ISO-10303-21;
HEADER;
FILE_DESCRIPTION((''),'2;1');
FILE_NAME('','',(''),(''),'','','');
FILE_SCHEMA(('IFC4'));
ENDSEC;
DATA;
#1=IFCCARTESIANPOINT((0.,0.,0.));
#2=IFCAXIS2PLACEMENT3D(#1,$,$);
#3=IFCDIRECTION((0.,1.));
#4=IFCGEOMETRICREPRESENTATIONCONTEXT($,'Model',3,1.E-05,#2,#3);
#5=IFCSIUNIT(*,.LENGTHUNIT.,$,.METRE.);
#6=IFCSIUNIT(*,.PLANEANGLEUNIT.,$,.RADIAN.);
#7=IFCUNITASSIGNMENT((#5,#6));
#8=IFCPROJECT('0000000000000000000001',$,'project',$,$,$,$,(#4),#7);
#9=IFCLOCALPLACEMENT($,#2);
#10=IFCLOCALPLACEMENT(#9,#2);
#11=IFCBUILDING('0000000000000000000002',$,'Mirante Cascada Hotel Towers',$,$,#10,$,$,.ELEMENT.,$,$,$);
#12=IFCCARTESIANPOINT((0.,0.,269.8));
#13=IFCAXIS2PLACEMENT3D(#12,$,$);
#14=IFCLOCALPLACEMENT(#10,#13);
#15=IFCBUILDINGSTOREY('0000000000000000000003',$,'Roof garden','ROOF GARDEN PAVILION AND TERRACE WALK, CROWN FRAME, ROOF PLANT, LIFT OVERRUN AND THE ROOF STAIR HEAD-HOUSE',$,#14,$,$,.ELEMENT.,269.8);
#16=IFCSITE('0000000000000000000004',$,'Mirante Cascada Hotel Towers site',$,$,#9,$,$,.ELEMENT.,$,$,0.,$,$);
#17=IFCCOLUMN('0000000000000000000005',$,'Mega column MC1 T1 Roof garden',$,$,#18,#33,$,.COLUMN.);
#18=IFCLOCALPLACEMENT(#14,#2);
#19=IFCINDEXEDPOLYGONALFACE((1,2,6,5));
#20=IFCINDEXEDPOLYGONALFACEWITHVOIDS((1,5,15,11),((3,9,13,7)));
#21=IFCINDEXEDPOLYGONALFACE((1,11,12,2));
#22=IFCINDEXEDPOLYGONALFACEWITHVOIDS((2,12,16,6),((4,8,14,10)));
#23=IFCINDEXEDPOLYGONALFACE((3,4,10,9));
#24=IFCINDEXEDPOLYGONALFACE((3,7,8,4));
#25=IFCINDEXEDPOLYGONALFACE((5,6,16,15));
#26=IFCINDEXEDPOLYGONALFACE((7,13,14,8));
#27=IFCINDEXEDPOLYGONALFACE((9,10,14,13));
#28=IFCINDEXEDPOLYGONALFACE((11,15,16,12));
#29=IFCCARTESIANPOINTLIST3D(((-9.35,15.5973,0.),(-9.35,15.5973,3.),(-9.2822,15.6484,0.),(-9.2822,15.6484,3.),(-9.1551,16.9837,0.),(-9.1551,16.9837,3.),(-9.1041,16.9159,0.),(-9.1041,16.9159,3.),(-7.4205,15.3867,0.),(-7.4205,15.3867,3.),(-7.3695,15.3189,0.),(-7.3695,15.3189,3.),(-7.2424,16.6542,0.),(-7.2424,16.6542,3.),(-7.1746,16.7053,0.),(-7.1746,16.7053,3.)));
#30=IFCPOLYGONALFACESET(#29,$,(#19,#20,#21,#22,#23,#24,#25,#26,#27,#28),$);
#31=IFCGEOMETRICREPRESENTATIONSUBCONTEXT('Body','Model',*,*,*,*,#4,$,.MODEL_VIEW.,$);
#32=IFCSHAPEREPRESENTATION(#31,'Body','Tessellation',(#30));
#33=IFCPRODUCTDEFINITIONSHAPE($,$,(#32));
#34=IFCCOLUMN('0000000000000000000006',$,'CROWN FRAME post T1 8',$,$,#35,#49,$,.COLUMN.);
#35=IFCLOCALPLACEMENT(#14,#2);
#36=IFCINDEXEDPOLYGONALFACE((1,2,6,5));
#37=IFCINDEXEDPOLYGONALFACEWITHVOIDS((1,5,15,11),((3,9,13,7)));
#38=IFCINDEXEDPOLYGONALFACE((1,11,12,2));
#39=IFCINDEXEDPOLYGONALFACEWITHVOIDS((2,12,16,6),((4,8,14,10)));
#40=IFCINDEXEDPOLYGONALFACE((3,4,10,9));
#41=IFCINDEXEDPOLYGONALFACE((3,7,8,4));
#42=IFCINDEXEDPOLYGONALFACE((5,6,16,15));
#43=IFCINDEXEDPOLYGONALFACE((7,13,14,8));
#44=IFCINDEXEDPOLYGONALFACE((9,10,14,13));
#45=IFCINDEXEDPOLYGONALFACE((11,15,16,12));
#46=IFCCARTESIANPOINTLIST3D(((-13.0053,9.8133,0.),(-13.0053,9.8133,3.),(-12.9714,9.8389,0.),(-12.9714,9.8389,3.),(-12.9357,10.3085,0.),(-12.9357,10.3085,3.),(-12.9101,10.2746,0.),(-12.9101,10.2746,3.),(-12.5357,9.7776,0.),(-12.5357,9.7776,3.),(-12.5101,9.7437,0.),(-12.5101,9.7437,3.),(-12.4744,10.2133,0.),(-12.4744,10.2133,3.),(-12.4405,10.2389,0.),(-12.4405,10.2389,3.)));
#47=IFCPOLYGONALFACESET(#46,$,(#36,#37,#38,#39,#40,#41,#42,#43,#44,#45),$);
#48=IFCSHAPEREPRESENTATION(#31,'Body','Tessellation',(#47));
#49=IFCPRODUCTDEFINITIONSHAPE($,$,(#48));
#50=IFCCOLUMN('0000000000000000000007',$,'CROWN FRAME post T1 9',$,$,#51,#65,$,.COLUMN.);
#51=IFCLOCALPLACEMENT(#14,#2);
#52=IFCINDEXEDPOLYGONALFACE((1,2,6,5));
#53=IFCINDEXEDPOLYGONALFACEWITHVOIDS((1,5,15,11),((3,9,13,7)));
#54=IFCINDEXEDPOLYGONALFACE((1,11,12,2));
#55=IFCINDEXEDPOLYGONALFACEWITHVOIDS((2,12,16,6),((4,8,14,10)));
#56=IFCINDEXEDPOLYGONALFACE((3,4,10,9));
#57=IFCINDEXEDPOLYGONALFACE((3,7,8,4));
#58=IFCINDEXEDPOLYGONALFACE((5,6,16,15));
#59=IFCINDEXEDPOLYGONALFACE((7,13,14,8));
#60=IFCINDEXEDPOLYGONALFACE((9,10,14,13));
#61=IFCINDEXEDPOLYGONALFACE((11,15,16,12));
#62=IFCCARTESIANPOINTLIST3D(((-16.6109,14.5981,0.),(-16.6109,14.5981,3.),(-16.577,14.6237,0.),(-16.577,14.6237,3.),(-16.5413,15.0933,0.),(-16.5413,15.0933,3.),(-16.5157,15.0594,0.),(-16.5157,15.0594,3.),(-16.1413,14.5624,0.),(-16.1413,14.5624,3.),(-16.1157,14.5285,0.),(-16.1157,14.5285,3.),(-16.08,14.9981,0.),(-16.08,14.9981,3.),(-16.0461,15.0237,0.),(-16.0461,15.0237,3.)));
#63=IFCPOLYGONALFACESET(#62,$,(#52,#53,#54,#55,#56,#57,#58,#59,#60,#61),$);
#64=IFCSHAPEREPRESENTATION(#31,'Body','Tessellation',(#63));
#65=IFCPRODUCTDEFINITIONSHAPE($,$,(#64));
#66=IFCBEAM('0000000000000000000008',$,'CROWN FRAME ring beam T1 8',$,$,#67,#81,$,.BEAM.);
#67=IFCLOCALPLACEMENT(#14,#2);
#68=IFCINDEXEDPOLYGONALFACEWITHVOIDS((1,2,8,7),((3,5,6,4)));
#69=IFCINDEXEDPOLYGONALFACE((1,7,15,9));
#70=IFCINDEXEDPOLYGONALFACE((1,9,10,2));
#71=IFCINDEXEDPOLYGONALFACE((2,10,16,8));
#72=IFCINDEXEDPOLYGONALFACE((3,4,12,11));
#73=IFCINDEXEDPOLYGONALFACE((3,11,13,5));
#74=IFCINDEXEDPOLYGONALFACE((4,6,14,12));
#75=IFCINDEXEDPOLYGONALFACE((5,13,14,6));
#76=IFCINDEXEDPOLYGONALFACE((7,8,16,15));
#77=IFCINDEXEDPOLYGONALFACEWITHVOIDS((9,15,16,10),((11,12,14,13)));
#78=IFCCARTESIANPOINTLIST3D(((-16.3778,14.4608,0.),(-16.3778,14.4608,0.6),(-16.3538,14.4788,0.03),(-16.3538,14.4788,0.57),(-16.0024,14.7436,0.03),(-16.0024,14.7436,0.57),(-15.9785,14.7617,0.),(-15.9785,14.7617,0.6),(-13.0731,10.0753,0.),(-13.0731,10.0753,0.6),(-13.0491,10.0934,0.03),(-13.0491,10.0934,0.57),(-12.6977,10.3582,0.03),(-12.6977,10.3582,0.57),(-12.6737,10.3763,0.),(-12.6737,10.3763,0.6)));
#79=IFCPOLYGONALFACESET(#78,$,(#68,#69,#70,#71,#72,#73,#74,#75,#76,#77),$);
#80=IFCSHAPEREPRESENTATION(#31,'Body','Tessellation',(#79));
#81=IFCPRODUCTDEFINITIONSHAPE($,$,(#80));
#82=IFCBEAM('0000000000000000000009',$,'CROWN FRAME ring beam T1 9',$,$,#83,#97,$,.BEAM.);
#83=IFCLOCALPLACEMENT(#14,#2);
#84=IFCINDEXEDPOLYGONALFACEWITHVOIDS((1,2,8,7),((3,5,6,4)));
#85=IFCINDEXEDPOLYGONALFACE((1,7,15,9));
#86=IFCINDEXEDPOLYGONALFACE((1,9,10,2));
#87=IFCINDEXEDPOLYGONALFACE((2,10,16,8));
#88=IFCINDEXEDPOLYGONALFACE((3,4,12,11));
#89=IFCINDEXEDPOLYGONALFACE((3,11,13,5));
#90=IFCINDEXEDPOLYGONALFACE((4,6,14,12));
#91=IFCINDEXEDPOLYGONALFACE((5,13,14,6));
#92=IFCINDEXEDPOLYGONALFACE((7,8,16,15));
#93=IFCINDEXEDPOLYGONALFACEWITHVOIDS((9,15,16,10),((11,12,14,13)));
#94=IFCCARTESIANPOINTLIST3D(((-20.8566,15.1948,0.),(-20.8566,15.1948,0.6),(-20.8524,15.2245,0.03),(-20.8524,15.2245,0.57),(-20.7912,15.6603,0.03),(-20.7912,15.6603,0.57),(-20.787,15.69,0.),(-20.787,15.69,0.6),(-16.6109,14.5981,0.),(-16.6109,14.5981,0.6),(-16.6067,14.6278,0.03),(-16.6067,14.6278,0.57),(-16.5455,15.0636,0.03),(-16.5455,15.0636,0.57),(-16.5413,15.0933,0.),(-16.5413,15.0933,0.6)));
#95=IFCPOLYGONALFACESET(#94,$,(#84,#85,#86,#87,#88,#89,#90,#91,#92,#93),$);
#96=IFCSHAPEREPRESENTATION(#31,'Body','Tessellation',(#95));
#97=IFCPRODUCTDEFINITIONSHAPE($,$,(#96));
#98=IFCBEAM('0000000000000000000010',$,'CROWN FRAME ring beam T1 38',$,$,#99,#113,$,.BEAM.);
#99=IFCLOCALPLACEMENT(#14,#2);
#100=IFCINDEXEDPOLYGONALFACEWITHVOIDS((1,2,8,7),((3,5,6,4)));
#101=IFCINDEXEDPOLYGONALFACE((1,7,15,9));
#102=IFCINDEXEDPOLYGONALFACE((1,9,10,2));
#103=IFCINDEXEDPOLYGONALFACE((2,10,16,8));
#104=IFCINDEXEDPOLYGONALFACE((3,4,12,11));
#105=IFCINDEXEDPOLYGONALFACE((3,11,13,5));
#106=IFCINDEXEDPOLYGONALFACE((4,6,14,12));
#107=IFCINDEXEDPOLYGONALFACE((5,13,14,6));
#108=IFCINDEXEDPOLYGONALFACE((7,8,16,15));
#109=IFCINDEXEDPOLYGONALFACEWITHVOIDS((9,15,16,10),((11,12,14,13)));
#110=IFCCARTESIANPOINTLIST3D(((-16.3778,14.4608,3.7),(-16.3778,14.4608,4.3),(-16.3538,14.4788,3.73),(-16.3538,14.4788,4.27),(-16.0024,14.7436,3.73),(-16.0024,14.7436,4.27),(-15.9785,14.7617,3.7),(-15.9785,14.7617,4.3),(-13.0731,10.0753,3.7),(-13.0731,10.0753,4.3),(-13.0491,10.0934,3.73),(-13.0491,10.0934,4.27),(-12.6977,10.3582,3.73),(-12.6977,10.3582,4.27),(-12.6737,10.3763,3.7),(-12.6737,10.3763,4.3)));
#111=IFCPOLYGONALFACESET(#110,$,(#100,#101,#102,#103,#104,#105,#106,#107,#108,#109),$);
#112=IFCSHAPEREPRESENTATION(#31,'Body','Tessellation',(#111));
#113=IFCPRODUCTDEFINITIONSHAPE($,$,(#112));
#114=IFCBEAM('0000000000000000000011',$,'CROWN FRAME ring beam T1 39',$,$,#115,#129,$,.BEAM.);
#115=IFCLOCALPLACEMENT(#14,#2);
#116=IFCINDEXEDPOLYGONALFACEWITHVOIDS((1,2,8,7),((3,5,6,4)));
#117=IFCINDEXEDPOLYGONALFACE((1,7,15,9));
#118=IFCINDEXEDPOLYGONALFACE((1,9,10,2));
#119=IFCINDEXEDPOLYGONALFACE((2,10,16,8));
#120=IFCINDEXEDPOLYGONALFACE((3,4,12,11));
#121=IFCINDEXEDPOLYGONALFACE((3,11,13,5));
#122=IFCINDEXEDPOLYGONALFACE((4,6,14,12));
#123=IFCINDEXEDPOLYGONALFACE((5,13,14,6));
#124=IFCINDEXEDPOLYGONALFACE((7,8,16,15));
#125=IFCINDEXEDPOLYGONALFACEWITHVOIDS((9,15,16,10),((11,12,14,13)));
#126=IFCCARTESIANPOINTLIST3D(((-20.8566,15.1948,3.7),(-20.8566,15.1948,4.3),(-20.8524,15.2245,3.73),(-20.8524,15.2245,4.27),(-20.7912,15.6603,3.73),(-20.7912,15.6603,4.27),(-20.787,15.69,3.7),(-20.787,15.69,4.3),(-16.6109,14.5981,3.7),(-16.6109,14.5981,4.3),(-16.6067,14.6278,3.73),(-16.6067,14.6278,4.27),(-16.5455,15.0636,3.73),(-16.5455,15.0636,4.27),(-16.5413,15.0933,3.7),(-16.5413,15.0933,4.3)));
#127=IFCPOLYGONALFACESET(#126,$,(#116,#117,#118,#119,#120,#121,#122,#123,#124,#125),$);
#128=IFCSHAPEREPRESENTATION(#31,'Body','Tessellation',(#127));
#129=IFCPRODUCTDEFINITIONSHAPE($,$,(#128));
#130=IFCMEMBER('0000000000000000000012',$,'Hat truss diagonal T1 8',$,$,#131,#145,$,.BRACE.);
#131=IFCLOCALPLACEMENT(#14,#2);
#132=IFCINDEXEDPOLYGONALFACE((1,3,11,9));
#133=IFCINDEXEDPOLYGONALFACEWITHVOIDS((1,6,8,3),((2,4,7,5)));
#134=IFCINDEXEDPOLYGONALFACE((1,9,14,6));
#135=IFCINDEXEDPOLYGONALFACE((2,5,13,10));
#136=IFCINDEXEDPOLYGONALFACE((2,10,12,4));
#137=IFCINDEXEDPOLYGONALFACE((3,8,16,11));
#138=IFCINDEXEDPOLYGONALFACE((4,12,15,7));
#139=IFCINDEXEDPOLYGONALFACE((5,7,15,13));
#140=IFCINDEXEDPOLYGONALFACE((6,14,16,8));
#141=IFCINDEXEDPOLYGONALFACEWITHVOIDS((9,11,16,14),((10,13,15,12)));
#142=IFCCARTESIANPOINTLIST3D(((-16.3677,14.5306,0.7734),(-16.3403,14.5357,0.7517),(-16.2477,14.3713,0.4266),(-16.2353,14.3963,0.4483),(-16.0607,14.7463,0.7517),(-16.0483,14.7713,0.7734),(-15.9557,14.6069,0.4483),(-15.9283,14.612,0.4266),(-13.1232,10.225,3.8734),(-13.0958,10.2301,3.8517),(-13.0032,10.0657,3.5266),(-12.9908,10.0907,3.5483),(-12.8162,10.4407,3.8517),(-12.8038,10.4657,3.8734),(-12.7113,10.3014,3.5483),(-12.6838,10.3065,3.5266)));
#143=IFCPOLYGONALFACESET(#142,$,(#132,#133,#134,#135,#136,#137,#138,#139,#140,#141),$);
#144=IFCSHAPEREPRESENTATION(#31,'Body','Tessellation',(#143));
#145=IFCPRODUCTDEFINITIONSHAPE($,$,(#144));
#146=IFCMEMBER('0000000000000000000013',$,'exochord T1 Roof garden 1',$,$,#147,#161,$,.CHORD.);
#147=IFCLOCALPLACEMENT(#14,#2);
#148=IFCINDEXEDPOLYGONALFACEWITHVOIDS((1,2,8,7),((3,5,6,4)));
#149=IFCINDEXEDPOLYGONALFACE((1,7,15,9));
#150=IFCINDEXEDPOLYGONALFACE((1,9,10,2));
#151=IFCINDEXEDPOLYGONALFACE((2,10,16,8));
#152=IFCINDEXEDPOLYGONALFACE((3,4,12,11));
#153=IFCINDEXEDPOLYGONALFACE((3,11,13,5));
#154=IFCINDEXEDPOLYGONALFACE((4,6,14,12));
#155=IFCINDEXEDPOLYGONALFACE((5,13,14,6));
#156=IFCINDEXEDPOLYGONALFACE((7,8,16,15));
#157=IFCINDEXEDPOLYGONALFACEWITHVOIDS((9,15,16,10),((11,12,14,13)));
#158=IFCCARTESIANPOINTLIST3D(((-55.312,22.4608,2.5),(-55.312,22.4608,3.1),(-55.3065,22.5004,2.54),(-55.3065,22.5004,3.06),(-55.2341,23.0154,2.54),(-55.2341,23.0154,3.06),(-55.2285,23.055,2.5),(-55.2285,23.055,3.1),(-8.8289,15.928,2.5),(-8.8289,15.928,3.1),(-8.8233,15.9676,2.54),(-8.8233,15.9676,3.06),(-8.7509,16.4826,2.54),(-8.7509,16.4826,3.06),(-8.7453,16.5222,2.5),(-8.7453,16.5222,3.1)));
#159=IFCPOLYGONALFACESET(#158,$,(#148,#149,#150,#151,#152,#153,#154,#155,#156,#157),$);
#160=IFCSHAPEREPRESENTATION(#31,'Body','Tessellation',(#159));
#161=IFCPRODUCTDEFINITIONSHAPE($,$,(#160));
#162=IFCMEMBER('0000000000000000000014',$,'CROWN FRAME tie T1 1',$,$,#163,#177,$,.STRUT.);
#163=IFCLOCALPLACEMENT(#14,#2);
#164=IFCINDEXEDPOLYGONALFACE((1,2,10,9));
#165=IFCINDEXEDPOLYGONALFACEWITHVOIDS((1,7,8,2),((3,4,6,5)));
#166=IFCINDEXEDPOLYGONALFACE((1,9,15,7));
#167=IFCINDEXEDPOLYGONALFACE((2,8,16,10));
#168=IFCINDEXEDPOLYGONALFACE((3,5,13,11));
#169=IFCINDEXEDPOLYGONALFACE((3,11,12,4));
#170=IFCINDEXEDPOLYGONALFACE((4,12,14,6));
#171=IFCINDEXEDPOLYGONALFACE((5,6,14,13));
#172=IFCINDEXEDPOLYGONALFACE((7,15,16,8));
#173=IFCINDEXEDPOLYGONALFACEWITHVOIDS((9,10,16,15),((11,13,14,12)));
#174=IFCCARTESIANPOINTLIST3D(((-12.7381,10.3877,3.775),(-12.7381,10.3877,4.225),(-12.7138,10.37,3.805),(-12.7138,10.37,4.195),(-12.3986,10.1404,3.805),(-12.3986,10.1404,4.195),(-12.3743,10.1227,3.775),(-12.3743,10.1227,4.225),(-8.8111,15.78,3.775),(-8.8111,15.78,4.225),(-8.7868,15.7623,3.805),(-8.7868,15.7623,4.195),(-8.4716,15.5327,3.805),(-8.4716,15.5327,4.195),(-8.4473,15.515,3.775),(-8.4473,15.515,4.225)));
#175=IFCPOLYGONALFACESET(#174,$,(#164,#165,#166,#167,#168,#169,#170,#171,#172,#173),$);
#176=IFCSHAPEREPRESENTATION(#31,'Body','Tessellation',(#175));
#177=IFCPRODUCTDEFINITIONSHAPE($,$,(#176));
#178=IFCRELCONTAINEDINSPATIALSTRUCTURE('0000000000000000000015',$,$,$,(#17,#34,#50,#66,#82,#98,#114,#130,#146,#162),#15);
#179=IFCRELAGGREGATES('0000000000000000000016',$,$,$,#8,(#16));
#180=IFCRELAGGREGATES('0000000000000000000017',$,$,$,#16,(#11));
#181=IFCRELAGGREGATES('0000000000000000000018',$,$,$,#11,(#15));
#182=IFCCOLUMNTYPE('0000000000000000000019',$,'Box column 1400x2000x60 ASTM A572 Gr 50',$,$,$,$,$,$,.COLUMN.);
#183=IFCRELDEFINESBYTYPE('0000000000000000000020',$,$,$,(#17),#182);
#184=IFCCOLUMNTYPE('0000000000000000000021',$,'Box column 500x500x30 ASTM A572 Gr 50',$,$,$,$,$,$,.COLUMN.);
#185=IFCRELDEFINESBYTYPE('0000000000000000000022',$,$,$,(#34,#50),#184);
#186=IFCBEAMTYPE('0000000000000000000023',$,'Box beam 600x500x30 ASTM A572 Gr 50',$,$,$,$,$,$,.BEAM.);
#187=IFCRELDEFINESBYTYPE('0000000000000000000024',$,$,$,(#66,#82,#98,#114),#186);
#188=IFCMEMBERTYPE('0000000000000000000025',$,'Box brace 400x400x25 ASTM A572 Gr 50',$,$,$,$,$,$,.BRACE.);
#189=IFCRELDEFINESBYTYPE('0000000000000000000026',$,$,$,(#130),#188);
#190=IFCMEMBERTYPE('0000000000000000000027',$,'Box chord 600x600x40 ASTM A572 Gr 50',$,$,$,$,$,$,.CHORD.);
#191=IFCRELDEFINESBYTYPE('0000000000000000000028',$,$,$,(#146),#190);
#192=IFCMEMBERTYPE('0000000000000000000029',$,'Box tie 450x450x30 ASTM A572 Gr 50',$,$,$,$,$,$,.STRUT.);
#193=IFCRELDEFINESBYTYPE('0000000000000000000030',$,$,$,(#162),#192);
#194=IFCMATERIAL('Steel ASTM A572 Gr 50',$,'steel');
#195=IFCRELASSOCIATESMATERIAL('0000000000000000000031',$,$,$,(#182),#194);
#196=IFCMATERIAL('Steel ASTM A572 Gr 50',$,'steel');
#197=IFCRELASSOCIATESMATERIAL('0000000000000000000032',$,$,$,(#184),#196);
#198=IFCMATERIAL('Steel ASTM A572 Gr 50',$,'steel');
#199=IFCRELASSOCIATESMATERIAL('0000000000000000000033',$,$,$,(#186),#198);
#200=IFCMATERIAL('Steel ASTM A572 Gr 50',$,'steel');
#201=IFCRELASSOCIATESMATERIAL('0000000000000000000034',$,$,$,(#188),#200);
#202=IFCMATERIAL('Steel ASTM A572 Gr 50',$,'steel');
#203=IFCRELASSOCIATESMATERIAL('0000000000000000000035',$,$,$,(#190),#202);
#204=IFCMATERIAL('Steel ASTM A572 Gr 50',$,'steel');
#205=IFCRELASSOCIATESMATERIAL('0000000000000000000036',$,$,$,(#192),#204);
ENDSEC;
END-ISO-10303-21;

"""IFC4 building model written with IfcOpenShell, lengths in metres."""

from ifc_helpers import new_model, si_unit, direction, frame, origin, origin_2d, place, context, subcontext, project, spatial, hollow_rectangle, extrude, material, material_profile, profile_set, type_object, element, save


model = new_model("IFC4")

# Units and contexts
model_context = context("Model", 3, precision=1e-05, world=origin(), true_north=direction((0.0, 1.0)))
body_context = subcontext(model_context, "Body", "Model", "MODEL_VIEW")
ifc_project = project(units=[si_unit("LENGTHUNIT", "METRE"), si_unit("PLANEANGLEUNIT", "RADIAN")], contexts=[model_context])

# Site, building, storey
site_placement = place(None, origin())
site = spatial("IfcSite", under=ifc_project, at=site_placement, Name="Mirante Cascada Hotel Towers site", CompositionType="ELEMENT", RefElevation=0.0)
building_placement = place(site_placement, origin())
building = spatial("IfcBuilding", under=site, at=building_placement, Name="Mirante Cascada Hotel Towers", CompositionType="ELEMENT")
storey_placement = place(building_placement, frame((0.0, 0.0, 269.8)))
storey = spatial("IfcBuildingStorey", under=building, at=storey_placement, Name="Roof garden", Description="ROOF GARDEN PAVILION AND TERRACE WALK, CROWN FRAME, ROOF PLANT, LIFT OVERRUN AND THE ROOF STAIR HEAD-HOUSE", CompositionType="ELEMENT", Elevation=269.8)

# Columns
ifc_material_1 = material(Name="Steel ASTM A572 Gr 50", Category="steel")
ifc_material_profile_1 = material_profile(ifc_material_1, hollow_rectangle(XDim=2.0, YDim=1.4, WallThickness=0.06, at=origin_2d()), Name="Box column 1400x2000x60 ASTM A572 Gr 50")
ifc_profile_set_1 = profile_set([ifc_material_profile_1], Name="Steel ASTM A572 Gr 50")
column_type_1 = type_object("IfcColumnType", Name="Box column 1400x2000x60 ASTM A572 Gr 50", PredefinedType="COLUMN", material=ifc_profile_set_1)
column_placement = place(storey_placement, frame((-8.2623, 16.1513, 0.0), z_axis=(0.0, 0.0, 1.0), x_axis=(-0.990268, 0.139173, 0.0)))
element("IfcColumn", 1, at=column_placement, inside=storey, type_object=column_type_1, Name="Mega column MC1 T1 Roof garden", PredefinedType="COLUMN", context=body_context, shape_type="SweptSolid", body=[
    extrude(hollow_rectangle(XDim=2.0, YDim=1.4, WallThickness=0.06, at=origin_2d()), origin(), (0.0, 0.0, 1.0), 3.0),
])
ifc_material_2 = material(Name="Steel ASTM A572 Gr 50", Category="steel")
ifc_material_profile_2 = material_profile(ifc_material_2, hollow_rectangle(XDim=0.5, YDim=0.5, WallThickness=0.03, at=origin_2d()), Name="Box column 500x500x30 ASTM A572 Gr 50")
ifc_profile_set_2 = profile_set([ifc_material_profile_2], Name="Steel ASTM A572 Gr 50")
column_type_2 = type_object("IfcColumnType", Name="Box column 500x500x30 ASTM A572 Gr 50", PredefinedType="COLUMN", material=ifc_profile_set_2)
for number, where, z_axis, x_axis, name in (
    (2, (-12.7229, 10.0261, 0.0), (0.0, 0.0, 1.0), (-0.990268, 0.139173, 0.0), "CROWN FRAME post T1 8"),
    (3, (-16.3285, 14.8109, 0.0), (0.0, 0.0, 1.0), (-0.990268, 0.139173, 0.0), "CROWN FRAME post T1 9"),
):
    element("IfcColumn", number, at=place(storey_placement, frame(where, z_axis=z_axis, x_axis=x_axis)), inside=storey, type_object=column_type_2, Name=name, PredefinedType="COLUMN", context=body_context, shape_type="SweptSolid", body=[
        extrude(hollow_rectangle(XDim=0.5, YDim=0.5, WallThickness=0.03, at=origin_2d()), origin(), (0.0, 0.0, 1.0), 3.0),
    ])

# Beams
ifc_material_3 = material(Name="Steel ASTM A572 Gr 50", Category="steel")
ifc_material_profile_3 = material_profile(ifc_material_3, hollow_rectangle(XDim=0.5, YDim=0.6, WallThickness=0.03, at=origin_2d()), Name="Box beam 600x500x30 ASTM A572 Gr 50")
ifc_profile_set_3 = profile_set([ifc_material_profile_3], Name="Steel ASTM A572 Gr 50")
beam_type = type_object("IfcBeamType", Name="Box beam 600x500x30 ASTM A572 Gr 50", PredefinedType="BEAM", material=ifc_profile_set_3)
beam_1_placement = place(storey_placement, frame((-12.8734, 10.2258, 0.3), z_axis=(-0.601823, 0.79863, 0.0), x_axis=(-0.79863, -0.601823, 0.0)))
element("IfcBeam", 4, at=beam_1_placement, inside=storey, type_object=beam_type, Name="CROWN FRAME ring beam T1 8", PredefinedType="BEAM", context=body_context, shape_type="SweptSolid", body=[
    extrude(hollow_rectangle(XDim=0.5, YDim=0.6, WallThickness=0.03, at=origin_2d()), origin(), (0.0, 0.0, 1.0), 5.4912),
])
beam_2_placement = place(storey_placement, frame((-16.5761, 14.8457, 0.3), z_axis=(-0.990268, 0.139174, 0.0), x_axis=(-0.139174, -0.990268, 0.0)))
element("IfcBeam", 5, at=beam_2_placement, inside=storey, type_object=beam_type, Name="CROWN FRAME ring beam T1 9", PredefinedType="BEAM", context=body_context, shape_type="SweptSolid", body=[
    extrude(hollow_rectangle(XDim=0.5, YDim=0.6, WallThickness=0.03, at=origin_2d()), origin(), (0.0, 0.0, 1.0), 4.2874),
])
beam_3_placement = place(storey_placement, frame((-12.8734, 10.2258, 4.0), z_axis=(-0.601823, 0.79863, 0.0), x_axis=(-0.79863, -0.601823, 0.0)))
element("IfcBeam", 6, at=beam_3_placement, inside=storey, type_object=beam_type, Name="CROWN FRAME ring beam T1 38", PredefinedType="BEAM", context=body_context, shape_type="SweptSolid", body=[
    extrude(hollow_rectangle(XDim=0.5, YDim=0.6, WallThickness=0.03, at=origin_2d()), origin(), (0.0, 0.0, 1.0), 5.4912),
])
beam_4_placement = place(storey_placement, frame((-16.5761, 14.8457, 4.0), z_axis=(-0.990268, 0.139174, 0.0), x_axis=(-0.139174, -0.990268, 0.0)))
element("IfcBeam", 7, at=beam_4_placement, inside=storey, type_object=beam_type, Name="CROWN FRAME ring beam T1 39", PredefinedType="BEAM", context=body_context, shape_type="SweptSolid", body=[
    extrude(hollow_rectangle(XDim=0.5, YDim=0.6, WallThickness=0.03, at=origin_2d()), origin(), (0.0, 0.0, 1.0), 4.2874),
])

# Members
ifc_material_4 = material(Name="Steel ASTM A572 Gr 50", Category="steel")
ifc_material_profile_4 = material_profile(ifc_material_4, hollow_rectangle(XDim=0.4, YDim=0.4, WallThickness=0.025, at=origin_2d()), Name="Box brace 400x400x25 ASTM A572 Gr 50")
ifc_profile_set_4 = profile_set([ifc_material_profile_4], Name="Steel ASTM A572 Gr 50")
member_type_1 = type_object("IfcMemberType", Name="Box brace 400x400x25 ASTM A572 Gr 50", PredefinedType="BRACE", material=ifc_profile_set_4)
member_1_placement = place(storey_placement, frame((-16.148, 14.5713, 0.6), z_axis=(0.521714, -0.692339, 0.498479), x_axis=(0.798636, 0.601815, 0.0)))
element("IfcMember", 8, at=member_1_placement, inside=storey, type_object=member_type_1, Name="Hat truss diagonal T1 8", PredefinedType="BRACE", context=body_context, shape_type="SweptSolid", body=[
    extrude(hollow_rectangle(XDim=0.4, YDim=0.4, WallThickness=0.025, at=origin_2d()), origin(), (0.0, 0.0, 1.0), 6.2189),
])
ifc_material_5 = material(Name="Steel ASTM A572 Gr 50", Category="steel")
ifc_material_profile_5 = material_profile(ifc_material_5, hollow_rectangle(XDim=0.6, YDim=0.6, WallThickness=0.04, at=origin_2d()), Name="Box chord 600x600x40 ASTM A572 Gr 50")
ifc_profile_set_5 = profile_set([ifc_material_profile_5], Name="Steel ASTM A572 Gr 50")
member_type_2 = type_object("IfcMemberType", Name="Box chord 600x600x40 ASTM A572 Gr 50", PredefinedType="CHORD", material=ifc_profile_set_5)
member_2_placement = place(storey_placement, frame((-8.7871, 16.2251, 2.8), z_axis=(-0.990268, 0.139173, 0.0), x_axis=(-0.139173, -0.990268, 0.0)))
element("IfcMember", 9, at=member_2_placement, inside=storey, type_object=member_type_2, Name="exochord T1 Roof garden 1", PredefinedType="CHORD", context=body_context, shape_type="SweptSolid", body=[
    extrude(hollow_rectangle(XDim=0.6, YDim=0.6, WallThickness=0.04, at=origin_2d()), origin(), (0.0, 0.0, 1.0), 46.94),
])
ifc_material_6 = material(Name="Steel ASTM A572 Gr 50", Category="steel")
ifc_material_profile_6 = material_profile(ifc_material_6, hollow_rectangle(XDim=0.45, YDim=0.45, WallThickness=0.03, at=origin_2d()), Name="Box tie 450x450x30 ASTM A572 Gr 50")
ifc_profile_set_6 = profile_set([ifc_material_profile_6], Name="Steel ASTM A572 Gr 50")
member_type_3 = type_object("IfcMemberType", Name="Box tie 450x450x30 ASTM A572 Gr 50", PredefinedType="STRUT", material=ifc_profile_set_6)
member_3_placement = place(storey_placement, frame((-8.6292, 15.6475, 4.0), z_axis=(-0.588694, -0.808356, 0.0), x_axis=(0.808356, -0.588694, 0.0)))
element("IfcMember", 10, at=member_3_placement, inside=storey, type_object=member_type_3, Name="CROWN FRAME tie T1 1", PredefinedType="STRUT", context=body_context, shape_type="SweptSolid", body=[
    extrude(hollow_rectangle(XDim=0.45, YDim=0.45, WallThickness=0.03, at=origin_2d()), origin(), (0.0, 0.0, 1.0), 6.6707),
])

save(model, "model.ifc")
